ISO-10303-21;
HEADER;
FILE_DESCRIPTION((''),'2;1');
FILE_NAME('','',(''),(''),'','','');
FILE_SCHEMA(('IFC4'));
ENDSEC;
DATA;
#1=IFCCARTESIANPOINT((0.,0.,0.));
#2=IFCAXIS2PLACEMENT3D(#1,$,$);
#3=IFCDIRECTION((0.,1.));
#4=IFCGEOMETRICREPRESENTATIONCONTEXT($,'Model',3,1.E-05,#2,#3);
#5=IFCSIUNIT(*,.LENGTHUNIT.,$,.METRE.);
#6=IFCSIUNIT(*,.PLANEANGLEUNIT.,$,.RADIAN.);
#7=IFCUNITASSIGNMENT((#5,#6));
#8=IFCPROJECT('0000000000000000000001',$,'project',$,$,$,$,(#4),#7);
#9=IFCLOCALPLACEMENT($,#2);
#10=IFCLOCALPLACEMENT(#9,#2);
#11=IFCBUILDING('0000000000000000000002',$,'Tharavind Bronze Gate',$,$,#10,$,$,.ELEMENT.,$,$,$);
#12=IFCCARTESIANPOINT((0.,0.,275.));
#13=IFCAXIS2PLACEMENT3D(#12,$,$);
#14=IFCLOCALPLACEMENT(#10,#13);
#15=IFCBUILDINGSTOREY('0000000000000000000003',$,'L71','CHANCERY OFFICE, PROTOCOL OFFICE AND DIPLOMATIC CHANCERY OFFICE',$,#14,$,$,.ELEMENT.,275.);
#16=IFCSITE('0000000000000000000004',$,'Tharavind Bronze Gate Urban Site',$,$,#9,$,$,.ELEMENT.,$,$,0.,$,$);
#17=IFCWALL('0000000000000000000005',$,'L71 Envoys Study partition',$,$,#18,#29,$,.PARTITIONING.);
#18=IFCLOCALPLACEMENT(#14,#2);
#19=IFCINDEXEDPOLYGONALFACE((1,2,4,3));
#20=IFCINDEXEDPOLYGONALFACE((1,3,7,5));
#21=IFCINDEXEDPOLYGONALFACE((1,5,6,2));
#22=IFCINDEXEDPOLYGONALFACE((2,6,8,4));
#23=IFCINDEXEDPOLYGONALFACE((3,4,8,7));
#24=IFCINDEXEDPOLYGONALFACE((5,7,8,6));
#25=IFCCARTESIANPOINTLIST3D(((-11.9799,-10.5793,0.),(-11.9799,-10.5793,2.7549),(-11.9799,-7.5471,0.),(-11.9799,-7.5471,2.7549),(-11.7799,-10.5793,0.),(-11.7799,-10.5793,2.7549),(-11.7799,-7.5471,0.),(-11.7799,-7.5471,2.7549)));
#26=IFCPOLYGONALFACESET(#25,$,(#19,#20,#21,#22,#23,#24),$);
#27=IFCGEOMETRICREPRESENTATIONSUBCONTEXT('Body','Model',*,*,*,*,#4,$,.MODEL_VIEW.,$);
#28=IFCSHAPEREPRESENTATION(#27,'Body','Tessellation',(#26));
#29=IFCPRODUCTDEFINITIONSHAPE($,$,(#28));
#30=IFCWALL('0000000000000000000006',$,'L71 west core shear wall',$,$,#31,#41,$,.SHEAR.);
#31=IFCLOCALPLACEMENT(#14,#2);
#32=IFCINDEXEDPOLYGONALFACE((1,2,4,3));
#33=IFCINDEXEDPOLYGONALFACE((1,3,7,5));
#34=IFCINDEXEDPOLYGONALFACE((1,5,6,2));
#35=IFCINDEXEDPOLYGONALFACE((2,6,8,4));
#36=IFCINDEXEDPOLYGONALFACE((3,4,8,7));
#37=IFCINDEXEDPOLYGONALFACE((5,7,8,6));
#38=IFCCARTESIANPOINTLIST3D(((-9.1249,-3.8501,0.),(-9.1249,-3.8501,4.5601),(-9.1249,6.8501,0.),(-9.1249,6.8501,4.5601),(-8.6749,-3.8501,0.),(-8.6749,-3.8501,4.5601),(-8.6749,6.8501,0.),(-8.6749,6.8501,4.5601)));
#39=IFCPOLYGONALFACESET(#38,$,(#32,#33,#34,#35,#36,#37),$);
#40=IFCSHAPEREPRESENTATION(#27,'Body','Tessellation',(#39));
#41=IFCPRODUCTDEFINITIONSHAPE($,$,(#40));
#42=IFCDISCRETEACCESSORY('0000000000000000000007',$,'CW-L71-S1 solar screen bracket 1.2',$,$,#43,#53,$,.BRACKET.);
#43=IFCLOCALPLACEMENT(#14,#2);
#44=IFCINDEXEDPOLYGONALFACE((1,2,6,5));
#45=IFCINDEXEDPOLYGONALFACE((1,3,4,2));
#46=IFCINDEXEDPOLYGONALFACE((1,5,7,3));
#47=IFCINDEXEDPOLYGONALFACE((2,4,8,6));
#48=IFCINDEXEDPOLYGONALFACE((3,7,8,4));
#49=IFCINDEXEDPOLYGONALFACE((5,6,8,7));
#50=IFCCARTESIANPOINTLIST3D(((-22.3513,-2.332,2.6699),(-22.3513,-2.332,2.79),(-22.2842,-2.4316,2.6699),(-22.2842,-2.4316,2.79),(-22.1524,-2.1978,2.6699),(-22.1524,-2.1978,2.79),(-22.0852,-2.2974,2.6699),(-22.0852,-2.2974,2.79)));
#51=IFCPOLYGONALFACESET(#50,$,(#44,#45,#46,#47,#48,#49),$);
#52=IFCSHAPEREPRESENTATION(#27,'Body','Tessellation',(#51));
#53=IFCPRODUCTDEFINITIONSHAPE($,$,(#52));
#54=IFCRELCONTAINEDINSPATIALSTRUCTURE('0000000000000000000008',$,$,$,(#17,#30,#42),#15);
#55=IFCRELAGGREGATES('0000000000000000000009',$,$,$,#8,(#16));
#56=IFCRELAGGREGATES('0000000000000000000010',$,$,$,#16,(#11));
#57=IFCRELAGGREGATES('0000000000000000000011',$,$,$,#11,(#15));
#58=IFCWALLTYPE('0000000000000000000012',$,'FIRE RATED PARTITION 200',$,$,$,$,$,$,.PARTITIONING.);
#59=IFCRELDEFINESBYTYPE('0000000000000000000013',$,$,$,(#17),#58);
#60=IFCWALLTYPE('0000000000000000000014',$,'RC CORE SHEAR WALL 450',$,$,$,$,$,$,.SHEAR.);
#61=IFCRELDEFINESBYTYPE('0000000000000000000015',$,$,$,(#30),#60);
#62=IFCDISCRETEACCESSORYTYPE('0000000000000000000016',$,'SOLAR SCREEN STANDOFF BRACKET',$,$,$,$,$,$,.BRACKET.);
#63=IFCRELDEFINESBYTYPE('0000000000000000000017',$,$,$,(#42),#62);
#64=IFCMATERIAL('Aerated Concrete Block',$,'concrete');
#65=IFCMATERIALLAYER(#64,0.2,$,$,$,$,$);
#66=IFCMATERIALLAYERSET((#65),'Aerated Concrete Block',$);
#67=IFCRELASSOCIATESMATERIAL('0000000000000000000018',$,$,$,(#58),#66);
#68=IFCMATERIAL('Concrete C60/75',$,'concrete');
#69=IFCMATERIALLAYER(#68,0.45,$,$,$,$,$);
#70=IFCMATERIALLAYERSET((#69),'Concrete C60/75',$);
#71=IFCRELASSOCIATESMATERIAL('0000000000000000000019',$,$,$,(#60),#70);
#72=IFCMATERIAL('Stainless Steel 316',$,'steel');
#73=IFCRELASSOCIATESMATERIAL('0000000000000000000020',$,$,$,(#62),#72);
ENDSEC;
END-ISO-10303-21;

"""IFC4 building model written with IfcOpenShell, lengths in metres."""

from ifc_helpers import new_model, si_unit, direction, frame, frame_2d, origin, origin_2d, place, context, subcontext, project, spatial, rectangle, extrude, material, layer, layer_set, type_object, element, save


model = new_model("IFC4")

# Units and contexts
model_context = context("Model", 3, precision=1e-05, world=origin(), true_north=direction((0.0, 1.0)))
body_context = subcontext(model_context, "Body", "Model", "MODEL_VIEW")
ifc_project = project(units=[si_unit("LENGTHUNIT", "METRE"), si_unit("PLANEANGLEUNIT", "RADIAN")], contexts=[model_context])

# Site, building, storey
site_placement = place(None, origin())
site = spatial("IfcSite", under=ifc_project, at=site_placement, Name="Tharavind Bronze Gate Urban Site", CompositionType="ELEMENT", RefElevation=0.0)
building_placement = place(site_placement, origin())
building = spatial("IfcBuilding", under=site, at=building_placement, Name="Tharavind Bronze Gate", CompositionType="ELEMENT")
storey_placement = place(building_placement, frame((0.0, 0.0, 275.0)))
storey = spatial("IfcBuildingStorey", under=building, at=storey_placement, Name="L71", Description="CHANCERY OFFICE, PROTOCOL OFFICE AND DIPLOMATIC CHANCERY OFFICE", CompositionType="ELEMENT", Elevation=275.0)

# Shared definitions
ifc_material_1 = material(Name="Aerated Concrete Block", Category="concrete")
ifc_layer_1 = layer(ifc_material_1, 0.2)
ifc_layer_set_1 = layer_set([ifc_layer_1], Name="Aerated Concrete Block")
wall_type_1 = type_object("IfcWallType", Name="FIRE RATED PARTITION 200", PredefinedType="PARTITIONING", material=ifc_layer_set_1)

# Wall
wall_1_placement = place(storey_placement, frame((-11.8799, -7.5471, 0.0), z_axis=(0.0, 0.0, 1.0), x_axis=(0.0, -1.0, 0.0)))
element("IfcWall", 1, at=wall_1_placement, inside=storey, type_object=wall_type_1, Name="L71 Envoys Study partition", PredefinedType="PARTITIONING", context=body_context, shape_type="SweptSolid", body=[
    extrude(rectangle(XDim=3.0322, YDim=0.2, at=frame_2d((1.5161, 0.0))), origin(), (0.0, 0.0, 1.0), 2.7549),
])

# Wall
ifc_material_2 = material(Name="Concrete C60/75", Category="concrete")
ifc_layer_2 = layer(ifc_material_2, 0.45)
ifc_layer_set_2 = layer_set([ifc_layer_2], Name="Concrete C60/75")
wall_type_2 = type_object("IfcWallType", Name="RC CORE SHEAR WALL 450", PredefinedType="SHEAR", material=ifc_layer_set_2)
wall_2_placement = place(storey_placement, frame((-8.8999, -3.8501, 0.0), z_axis=(0.0, 0.0, 1.0), x_axis=(0.0, 1.0, 0.0)))
element("IfcWall", 2, at=wall_2_placement, inside=storey, type_object=wall_type_2, Name="L71 west core shear wall", PredefinedType="SHEAR", context=body_context, shape_type="SweptSolid", body=[
    extrude(rectangle(XDim=10.7002, YDim=0.45, at=frame_2d((5.3501, 0.0))), origin(), (0.0, 0.0, 1.0), 4.5601),
])

# Discrete accessory
ifc_material_3 = material(Name="Stainless Steel 316", Category="steel")
discrete_accessory_type = type_object("IfcDiscreteAccessoryType", Name="SOLAR SCREEN STANDOFF BRACKET", PredefinedType="BRACKET", material=ifc_material_3)
discrete_accessory_placement = place(storey_placement, frame((-22.2183, -2.3147, 2.6699), z_axis=(0.0, 0.0, 1.0), x_axis=(0.559191, -0.829039, 0.0)))
element("IfcDiscreteAccessory", 3, at=discrete_accessory_placement, inside=storey, type_object=discrete_accessory_type, Name="CW-L71-S1 solar screen bracket 1.2", PredefinedType="BRACKET", context=body_context, shape_type="SweptSolid", body=[
    extrude(rectangle(XDim=0.1201, YDim=0.24, at=origin_2d()), origin(), (0.0, 0.0, 1.0), 0.1201),
])

save(model, "model.ifc")
